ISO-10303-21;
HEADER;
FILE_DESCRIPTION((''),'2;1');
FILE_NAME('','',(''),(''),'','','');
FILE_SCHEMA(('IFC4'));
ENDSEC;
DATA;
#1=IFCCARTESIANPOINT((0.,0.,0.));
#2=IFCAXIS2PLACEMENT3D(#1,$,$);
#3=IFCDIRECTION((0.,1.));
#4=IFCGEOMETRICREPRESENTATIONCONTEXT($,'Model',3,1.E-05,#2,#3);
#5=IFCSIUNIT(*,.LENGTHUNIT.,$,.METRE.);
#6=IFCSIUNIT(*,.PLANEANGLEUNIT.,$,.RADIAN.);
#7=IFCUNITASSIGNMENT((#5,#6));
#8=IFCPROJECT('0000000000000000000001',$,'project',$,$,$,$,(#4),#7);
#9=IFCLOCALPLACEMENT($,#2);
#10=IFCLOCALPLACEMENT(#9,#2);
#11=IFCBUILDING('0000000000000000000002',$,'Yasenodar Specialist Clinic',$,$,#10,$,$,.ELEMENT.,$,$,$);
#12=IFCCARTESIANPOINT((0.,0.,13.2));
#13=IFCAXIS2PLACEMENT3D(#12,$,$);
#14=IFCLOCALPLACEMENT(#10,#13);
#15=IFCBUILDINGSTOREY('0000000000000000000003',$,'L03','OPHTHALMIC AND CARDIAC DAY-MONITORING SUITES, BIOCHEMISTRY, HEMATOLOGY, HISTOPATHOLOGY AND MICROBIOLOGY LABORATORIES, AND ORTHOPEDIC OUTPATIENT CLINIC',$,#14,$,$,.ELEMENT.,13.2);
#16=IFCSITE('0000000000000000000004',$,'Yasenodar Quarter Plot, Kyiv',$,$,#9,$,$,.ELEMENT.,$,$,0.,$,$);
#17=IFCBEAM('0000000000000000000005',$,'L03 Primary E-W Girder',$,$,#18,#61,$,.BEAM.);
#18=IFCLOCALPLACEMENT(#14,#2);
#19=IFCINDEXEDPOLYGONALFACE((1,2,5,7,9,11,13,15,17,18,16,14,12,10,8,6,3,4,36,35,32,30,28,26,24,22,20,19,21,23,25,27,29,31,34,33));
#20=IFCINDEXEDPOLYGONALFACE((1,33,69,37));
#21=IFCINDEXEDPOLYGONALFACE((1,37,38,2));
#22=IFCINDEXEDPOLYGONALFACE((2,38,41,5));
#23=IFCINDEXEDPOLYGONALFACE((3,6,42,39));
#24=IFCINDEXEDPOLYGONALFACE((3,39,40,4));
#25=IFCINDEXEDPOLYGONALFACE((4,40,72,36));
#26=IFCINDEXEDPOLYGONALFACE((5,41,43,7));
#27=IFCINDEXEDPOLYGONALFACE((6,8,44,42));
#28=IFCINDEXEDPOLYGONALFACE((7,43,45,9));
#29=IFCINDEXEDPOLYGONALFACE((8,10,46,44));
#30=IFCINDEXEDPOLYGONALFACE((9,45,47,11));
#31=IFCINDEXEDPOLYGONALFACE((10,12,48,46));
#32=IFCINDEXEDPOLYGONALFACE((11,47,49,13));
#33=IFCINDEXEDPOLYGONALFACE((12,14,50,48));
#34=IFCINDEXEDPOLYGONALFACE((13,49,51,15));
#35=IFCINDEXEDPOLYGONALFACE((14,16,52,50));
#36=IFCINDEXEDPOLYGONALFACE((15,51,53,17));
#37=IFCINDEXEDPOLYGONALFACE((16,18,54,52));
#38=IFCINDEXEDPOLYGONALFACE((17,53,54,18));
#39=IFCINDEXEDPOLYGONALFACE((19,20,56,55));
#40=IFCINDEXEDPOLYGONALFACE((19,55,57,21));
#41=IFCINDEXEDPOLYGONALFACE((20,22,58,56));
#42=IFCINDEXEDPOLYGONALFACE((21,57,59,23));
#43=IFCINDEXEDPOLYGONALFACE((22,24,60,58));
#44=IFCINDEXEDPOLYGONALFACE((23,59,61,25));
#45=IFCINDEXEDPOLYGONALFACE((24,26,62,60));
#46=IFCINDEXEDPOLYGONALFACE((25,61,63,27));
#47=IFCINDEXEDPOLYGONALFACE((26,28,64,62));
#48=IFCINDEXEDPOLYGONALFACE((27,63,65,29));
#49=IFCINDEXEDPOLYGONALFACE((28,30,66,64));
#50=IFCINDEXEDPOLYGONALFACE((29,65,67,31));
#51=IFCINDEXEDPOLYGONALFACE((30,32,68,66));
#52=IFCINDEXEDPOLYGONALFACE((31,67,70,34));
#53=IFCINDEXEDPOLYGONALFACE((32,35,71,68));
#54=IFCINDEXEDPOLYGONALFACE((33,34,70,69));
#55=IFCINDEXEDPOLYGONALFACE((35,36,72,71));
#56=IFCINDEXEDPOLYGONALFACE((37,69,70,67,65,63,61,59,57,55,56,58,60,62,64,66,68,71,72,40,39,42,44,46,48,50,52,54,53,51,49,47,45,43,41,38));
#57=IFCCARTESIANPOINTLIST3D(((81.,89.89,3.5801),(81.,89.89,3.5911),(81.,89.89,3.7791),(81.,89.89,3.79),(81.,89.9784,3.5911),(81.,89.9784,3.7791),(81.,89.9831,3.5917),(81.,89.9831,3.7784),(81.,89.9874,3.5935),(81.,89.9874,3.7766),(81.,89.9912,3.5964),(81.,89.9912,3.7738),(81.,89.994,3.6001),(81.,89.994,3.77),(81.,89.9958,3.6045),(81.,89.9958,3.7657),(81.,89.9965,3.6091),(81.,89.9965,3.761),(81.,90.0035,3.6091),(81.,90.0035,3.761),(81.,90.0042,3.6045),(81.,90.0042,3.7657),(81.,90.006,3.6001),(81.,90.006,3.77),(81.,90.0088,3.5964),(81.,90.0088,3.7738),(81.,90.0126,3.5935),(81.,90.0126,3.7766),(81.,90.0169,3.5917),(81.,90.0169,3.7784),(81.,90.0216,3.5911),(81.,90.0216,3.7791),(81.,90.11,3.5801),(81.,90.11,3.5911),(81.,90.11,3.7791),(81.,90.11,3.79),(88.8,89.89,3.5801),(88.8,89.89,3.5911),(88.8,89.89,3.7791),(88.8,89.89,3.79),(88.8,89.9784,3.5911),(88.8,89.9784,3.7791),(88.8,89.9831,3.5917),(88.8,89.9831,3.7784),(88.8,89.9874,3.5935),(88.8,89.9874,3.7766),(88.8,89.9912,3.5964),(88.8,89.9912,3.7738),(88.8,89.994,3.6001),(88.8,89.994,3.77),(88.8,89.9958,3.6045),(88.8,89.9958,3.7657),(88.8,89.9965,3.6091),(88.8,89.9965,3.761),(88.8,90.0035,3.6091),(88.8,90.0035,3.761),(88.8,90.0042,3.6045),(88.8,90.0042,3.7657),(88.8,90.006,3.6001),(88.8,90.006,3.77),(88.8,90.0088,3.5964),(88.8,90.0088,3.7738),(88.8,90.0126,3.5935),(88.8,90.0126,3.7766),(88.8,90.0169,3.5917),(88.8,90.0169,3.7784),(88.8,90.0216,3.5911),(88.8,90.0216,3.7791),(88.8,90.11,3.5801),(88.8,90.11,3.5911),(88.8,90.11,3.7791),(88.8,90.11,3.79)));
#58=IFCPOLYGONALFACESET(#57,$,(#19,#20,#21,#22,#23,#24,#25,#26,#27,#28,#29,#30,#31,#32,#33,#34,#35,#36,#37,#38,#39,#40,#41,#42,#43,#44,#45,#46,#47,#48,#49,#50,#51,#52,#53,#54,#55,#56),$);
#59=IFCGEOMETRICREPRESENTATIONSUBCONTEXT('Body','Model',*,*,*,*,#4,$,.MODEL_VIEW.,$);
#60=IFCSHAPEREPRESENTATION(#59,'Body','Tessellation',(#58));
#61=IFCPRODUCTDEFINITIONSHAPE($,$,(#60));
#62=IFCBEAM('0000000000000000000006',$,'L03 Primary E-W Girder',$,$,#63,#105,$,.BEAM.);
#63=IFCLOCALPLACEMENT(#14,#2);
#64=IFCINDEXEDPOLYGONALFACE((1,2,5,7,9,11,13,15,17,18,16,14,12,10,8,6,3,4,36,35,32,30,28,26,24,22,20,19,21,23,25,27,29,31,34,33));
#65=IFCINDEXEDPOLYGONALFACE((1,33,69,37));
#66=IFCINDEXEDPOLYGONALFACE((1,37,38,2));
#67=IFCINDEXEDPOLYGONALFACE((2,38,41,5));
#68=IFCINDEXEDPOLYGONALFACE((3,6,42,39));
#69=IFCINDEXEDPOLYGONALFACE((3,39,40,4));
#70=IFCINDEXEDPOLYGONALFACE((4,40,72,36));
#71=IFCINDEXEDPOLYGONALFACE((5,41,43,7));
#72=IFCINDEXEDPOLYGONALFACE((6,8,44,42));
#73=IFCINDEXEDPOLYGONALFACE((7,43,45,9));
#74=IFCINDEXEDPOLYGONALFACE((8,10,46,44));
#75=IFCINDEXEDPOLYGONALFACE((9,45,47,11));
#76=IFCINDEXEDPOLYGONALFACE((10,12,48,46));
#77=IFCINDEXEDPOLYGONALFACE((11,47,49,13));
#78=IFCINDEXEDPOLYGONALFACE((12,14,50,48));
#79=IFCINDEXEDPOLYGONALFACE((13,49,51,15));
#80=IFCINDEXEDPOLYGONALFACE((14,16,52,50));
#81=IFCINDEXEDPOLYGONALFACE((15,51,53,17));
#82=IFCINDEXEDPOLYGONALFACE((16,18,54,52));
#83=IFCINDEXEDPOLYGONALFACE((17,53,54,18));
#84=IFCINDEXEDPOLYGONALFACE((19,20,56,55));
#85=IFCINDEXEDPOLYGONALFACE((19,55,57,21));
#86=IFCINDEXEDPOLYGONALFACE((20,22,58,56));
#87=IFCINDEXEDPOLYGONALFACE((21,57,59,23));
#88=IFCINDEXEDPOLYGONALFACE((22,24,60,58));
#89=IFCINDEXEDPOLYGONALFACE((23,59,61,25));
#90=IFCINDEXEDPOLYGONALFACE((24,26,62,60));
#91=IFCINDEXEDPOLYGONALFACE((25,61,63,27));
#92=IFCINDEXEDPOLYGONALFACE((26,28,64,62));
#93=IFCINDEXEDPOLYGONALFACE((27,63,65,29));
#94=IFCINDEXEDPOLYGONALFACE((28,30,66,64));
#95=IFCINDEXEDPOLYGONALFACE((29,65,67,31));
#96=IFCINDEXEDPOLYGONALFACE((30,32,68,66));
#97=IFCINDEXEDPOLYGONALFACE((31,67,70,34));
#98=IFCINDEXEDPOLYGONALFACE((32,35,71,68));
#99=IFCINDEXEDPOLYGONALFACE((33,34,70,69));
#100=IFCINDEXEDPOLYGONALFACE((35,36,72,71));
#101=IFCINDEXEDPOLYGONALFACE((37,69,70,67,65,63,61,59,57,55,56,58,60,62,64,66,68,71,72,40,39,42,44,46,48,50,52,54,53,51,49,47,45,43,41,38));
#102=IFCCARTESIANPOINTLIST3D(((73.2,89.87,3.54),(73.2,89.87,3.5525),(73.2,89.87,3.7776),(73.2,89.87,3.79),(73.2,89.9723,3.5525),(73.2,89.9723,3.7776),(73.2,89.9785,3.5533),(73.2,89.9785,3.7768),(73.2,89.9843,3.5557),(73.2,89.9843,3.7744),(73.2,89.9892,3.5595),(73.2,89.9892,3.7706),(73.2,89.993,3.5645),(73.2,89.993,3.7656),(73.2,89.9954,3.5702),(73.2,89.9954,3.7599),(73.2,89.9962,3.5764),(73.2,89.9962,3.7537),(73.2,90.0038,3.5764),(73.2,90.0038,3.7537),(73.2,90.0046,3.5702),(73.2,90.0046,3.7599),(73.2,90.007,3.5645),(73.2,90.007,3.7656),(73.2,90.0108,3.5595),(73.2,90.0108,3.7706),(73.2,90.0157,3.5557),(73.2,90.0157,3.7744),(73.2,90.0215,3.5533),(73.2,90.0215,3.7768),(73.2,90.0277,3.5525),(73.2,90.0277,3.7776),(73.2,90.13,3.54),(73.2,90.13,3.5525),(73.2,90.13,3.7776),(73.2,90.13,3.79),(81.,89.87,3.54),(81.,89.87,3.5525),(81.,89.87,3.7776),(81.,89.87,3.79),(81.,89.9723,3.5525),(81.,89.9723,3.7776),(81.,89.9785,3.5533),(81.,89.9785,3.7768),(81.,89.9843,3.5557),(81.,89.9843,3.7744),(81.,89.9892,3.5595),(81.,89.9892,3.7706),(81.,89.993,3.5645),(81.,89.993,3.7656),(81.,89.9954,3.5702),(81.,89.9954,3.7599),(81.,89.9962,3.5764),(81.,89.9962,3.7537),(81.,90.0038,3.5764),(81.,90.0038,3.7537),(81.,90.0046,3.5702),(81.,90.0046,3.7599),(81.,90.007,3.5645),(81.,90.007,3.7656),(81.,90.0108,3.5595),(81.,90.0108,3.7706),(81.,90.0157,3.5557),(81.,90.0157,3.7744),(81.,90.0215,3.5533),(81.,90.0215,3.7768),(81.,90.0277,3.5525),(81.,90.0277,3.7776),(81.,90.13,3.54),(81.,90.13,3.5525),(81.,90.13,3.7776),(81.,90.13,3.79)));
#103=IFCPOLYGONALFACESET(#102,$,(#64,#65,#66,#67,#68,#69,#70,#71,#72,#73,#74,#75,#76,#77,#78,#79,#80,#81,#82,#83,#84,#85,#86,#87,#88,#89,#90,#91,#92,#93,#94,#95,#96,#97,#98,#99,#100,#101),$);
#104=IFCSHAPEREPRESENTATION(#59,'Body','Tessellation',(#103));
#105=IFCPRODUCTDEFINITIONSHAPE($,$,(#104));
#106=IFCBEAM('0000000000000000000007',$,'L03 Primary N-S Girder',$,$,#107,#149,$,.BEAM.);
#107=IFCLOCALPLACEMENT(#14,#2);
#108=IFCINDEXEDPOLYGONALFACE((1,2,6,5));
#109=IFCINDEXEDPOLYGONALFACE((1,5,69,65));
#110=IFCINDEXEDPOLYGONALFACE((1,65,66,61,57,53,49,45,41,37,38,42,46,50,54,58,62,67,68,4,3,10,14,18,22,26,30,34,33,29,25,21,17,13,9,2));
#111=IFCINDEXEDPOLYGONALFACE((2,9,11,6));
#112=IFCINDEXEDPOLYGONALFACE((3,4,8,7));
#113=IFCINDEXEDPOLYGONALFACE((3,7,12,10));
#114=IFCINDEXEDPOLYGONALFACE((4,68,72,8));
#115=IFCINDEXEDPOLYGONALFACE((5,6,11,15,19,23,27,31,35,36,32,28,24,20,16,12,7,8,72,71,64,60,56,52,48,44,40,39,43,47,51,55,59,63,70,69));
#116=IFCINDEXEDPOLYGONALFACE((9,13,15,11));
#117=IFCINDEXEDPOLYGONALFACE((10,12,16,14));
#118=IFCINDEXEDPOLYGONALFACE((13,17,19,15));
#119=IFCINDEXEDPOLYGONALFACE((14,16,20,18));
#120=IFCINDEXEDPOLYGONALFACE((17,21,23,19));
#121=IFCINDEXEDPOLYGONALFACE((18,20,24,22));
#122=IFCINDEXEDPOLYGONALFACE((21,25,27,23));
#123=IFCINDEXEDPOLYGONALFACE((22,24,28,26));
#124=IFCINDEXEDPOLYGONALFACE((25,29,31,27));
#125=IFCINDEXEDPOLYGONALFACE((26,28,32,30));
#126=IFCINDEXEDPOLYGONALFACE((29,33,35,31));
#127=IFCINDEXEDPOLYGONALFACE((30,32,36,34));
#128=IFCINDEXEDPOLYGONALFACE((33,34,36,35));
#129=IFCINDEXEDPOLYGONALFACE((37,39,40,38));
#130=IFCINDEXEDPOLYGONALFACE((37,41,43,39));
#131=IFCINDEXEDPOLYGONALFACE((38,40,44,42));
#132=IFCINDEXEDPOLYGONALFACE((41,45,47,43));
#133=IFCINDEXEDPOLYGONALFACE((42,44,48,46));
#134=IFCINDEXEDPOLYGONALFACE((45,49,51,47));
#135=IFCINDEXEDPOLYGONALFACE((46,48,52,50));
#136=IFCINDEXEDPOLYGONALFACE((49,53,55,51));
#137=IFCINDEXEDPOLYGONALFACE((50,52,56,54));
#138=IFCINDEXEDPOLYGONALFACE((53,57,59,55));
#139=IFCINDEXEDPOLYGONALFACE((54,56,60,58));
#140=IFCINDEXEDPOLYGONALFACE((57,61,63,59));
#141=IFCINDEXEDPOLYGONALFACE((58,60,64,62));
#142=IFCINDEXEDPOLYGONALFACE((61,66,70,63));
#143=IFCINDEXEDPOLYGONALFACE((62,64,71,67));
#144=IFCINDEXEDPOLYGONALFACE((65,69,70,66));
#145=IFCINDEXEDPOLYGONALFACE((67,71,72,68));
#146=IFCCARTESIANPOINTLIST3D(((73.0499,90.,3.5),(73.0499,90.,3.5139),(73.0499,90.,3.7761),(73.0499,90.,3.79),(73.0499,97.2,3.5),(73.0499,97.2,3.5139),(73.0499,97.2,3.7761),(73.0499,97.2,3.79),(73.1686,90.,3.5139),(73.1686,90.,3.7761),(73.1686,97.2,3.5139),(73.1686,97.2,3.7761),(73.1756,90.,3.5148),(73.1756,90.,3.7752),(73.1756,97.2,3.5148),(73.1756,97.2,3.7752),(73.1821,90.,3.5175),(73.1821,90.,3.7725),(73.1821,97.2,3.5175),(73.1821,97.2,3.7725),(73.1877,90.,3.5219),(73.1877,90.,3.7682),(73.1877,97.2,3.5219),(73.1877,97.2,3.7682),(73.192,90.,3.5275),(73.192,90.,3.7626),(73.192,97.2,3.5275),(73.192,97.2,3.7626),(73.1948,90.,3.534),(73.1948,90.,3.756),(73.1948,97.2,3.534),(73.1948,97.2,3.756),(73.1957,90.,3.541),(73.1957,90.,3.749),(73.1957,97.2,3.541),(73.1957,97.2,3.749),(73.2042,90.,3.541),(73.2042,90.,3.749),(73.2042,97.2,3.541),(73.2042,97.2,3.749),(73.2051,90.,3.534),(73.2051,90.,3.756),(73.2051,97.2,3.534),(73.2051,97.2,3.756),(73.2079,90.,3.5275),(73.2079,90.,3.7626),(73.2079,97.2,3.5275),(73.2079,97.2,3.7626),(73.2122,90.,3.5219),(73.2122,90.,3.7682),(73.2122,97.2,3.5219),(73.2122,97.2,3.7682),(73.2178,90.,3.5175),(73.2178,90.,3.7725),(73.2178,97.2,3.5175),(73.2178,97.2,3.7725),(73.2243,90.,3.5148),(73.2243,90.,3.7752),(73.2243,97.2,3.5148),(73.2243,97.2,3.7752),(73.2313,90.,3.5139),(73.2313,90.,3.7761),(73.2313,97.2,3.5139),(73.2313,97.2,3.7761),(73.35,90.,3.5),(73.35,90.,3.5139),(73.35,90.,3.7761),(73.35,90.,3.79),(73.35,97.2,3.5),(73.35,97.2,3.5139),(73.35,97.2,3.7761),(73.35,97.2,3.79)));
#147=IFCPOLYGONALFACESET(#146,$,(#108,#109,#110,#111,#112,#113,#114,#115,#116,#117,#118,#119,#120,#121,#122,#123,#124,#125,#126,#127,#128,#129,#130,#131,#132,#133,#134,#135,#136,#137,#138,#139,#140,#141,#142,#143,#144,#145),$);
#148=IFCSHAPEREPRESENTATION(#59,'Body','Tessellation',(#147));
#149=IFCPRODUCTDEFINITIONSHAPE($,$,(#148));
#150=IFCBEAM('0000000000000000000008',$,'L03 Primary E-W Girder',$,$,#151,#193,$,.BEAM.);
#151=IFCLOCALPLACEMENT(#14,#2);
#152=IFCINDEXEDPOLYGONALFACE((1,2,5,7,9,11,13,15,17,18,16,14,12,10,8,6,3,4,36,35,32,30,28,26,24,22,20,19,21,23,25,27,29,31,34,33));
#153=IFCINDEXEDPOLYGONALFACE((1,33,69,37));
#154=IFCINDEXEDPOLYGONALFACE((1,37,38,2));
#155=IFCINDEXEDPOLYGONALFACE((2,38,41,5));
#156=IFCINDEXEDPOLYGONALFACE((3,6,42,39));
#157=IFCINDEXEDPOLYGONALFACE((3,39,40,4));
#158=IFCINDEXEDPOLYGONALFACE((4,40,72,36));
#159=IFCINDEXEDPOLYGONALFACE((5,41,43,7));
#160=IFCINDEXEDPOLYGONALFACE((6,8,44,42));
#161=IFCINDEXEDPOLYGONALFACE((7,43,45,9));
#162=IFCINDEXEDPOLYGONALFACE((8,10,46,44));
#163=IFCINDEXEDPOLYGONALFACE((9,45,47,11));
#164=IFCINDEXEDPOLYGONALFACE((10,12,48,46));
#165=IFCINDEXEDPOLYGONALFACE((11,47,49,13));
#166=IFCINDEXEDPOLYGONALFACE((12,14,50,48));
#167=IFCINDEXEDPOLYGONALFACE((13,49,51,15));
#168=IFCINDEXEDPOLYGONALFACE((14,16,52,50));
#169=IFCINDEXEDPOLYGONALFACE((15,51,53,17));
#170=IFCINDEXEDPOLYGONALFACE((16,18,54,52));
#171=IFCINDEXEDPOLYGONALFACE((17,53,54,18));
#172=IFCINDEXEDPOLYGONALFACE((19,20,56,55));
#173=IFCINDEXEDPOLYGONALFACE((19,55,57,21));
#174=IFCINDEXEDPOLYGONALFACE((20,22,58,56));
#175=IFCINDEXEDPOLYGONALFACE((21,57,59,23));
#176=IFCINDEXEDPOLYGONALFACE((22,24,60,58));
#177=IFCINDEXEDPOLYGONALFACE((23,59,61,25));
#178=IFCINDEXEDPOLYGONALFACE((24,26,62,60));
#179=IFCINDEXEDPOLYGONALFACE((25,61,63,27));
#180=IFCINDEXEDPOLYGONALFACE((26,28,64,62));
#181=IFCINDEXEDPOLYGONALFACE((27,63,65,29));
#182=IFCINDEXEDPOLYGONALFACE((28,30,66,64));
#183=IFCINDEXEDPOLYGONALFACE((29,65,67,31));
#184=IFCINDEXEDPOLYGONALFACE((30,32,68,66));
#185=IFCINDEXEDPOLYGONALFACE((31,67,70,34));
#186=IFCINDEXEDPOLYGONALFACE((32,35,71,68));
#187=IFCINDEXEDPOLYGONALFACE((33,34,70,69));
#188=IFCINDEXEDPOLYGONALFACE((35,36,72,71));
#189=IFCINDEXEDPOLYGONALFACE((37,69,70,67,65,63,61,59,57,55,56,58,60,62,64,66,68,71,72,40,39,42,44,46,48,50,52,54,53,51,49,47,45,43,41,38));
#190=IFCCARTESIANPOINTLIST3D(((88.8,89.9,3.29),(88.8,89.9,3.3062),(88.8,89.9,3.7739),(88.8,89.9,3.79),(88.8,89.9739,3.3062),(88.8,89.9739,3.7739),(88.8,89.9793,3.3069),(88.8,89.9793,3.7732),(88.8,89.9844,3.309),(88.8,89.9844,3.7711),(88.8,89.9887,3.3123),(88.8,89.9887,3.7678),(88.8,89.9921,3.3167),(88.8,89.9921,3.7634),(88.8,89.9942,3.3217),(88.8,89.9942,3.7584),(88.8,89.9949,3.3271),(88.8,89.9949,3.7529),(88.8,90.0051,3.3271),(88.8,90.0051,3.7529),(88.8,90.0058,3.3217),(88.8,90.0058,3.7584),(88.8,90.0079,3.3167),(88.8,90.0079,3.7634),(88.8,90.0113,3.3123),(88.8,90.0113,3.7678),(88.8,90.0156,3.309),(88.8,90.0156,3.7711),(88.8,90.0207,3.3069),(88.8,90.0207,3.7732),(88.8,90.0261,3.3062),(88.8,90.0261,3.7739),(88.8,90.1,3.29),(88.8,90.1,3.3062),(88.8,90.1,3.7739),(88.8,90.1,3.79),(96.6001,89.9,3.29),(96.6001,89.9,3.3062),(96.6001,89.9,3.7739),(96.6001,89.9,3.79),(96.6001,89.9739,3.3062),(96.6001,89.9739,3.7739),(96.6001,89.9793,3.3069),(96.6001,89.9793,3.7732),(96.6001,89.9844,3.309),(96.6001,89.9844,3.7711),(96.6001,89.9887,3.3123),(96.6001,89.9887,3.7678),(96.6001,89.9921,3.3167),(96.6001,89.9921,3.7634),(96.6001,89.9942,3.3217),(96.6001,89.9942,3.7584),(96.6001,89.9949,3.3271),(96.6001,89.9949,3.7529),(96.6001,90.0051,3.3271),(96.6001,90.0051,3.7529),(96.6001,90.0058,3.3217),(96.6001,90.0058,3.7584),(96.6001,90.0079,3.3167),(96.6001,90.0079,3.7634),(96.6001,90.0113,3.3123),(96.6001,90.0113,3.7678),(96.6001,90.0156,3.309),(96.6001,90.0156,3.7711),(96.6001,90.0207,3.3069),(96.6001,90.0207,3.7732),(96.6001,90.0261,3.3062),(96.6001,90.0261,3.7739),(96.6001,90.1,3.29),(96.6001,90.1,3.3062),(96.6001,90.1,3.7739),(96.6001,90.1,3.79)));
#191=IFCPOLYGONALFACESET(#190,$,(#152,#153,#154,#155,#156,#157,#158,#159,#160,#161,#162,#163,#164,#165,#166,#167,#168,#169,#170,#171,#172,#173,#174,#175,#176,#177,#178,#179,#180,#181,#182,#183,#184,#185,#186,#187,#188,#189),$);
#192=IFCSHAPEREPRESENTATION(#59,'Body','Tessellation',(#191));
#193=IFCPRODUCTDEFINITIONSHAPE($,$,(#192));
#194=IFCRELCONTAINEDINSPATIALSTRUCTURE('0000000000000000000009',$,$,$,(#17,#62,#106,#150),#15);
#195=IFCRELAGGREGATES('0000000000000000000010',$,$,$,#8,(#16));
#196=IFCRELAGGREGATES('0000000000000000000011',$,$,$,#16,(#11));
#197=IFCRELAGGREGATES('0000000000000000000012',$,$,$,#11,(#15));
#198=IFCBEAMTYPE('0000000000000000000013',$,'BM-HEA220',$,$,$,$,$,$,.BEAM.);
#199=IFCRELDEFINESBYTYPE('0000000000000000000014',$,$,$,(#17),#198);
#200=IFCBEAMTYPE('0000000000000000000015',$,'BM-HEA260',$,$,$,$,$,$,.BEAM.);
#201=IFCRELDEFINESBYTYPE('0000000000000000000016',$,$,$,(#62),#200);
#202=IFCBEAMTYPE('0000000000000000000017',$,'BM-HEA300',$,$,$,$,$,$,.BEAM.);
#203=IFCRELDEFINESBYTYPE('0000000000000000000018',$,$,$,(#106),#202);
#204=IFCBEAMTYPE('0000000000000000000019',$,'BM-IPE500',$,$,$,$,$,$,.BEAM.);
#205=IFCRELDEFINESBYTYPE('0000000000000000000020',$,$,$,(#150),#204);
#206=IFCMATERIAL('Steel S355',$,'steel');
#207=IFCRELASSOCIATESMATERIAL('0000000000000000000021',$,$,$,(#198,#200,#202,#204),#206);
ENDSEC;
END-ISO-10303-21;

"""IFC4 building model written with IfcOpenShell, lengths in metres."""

from ifc_helpers import new_model, si_unit, direction, frame, origin, origin_2d, place, context, subcontext, project, spatial, i_section, extrude, material, material_profile, profile_set, type_object, element, save


model = new_model("IFC4")

# Units and contexts
model_context = context("Model", 3, precision=1e-05, world=origin(), true_north=direction((0.0, 1.0)))
body_context = subcontext(model_context, "Body", "Model", "MODEL_VIEW")
ifc_project = project(units=[si_unit("LENGTHUNIT", "METRE"), si_unit("PLANEANGLEUNIT", "RADIAN")], contexts=[model_context])

# Site, building, storey
site_placement = place(None, origin())
site = spatial("IfcSite", under=ifc_project, at=site_placement, Name="Yasenodar Quarter Plot, Kyiv", CompositionType="ELEMENT", RefElevation=0.0)
building_placement = place(site_placement, origin())
building = spatial("IfcBuilding", under=site, at=building_placement, Name="Yasenodar Specialist Clinic", CompositionType="ELEMENT")
storey_placement = place(building_placement, frame((0.0, 0.0, 13.2)))
storey = spatial("IfcBuildingStorey", under=building, at=storey_placement, Name="L03", Description="OPHTHALMIC AND CARDIAC DAY-MONITORING SUITES, BIOCHEMISTRY, HEMATOLOGY, HISTOPATHOLOGY AND MICROBIOLOGY LABORATORIES, AND ORTHOPEDIC OUTPATIENT CLINIC", CompositionType="ELEMENT", Elevation=13.2)

# Shared definitions
ifc_material_1 = material(Name="Steel S355", Category="steel")

# Beams
ifc_material_profile_1 = material_profile(ifc_material_1, i_section(OverallWidth=0.22, OverallDepth=0.21, WebThickness=0.0071, FlangeThickness=0.011, FilletRadius=0.0181, at=origin_2d()), Name="HEA 220")
ifc_profile_set_1 = profile_set([ifc_material_profile_1], Name="Steel S355")
beam_type_1 = type_object("IfcBeamType", Name="BM-HEA220", PredefinedType="BEAM", material=ifc_profile_set_1)
beam_1_placement = place(storey_placement, frame((81.0, 90.0, 3.6851), z_axis=(1.0, 0.0, 0.0), x_axis=(0.0, 1.0, 0.0)))
element("IfcBeam", 1, at=beam_1_placement, inside=storey, type_object=beam_type_1, Name="L03 Primary E-W Girder", PredefinedType="BEAM", context=body_context, shape_type="SweptSolid", body=[
    extrude(i_section(OverallWidth=0.22, OverallDepth=0.21, WebThickness=0.0071, FlangeThickness=0.011, FilletRadius=0.0181, at=origin_2d()), origin(), (0.0, 0.0, 1.0), 7.8),
])
ifc_material_profile_2 = material_profile(ifc_material_1, i_section(OverallWidth=0.26, OverallDepth=0.25, WebThickness=0.0076, FlangeThickness=0.0125, FilletRadius=0.0239, at=origin_2d()), Name="HEA 260")
ifc_profile_set_2 = profile_set([ifc_material_profile_2], Name="Steel S355")
beam_type_2 = type_object("IfcBeamType", Name="BM-HEA260", PredefinedType="BEAM", material=ifc_profile_set_2)
beam_2_placement = place(storey_placement, frame((73.2, 90.0, 3.665), z_axis=(1.0, 0.0, 0.0), x_axis=(0.0, 1.0, 0.0)))
element("IfcBeam", 2, at=beam_2_placement, inside=storey, type_object=beam_type_2, Name="L03 Primary E-W Girder", PredefinedType="BEAM", context=body_context, shape_type="SweptSolid", body=[
    extrude(i_section(OverallWidth=0.26, OverallDepth=0.25, WebThickness=0.0076, FlangeThickness=0.0125, FilletRadius=0.0239, at=origin_2d()), origin(), (0.0, 0.0, 1.0), 7.8),
])
ifc_material_profile_3 = material_profile(ifc_material_1, i_section(OverallWidth=0.3, OverallDepth=0.29, WebThickness=0.0085, FlangeThickness=0.0139, FilletRadius=0.0271, at=origin_2d()), Name="HEA 300")
ifc_profile_set_3 = profile_set([ifc_material_profile_3], Name="Steel S355")
beam_type_3 = type_object("IfcBeamType", Name="BM-HEA300", PredefinedType="BEAM", material=ifc_profile_set_3)
beam_3_placement = place(storey_placement, frame((73.2, 90.0, 3.645), z_axis=(0.0, 1.0, 0.0), x_axis=(-1.0, 0.0, 0.0)))
element("IfcBeam", 3, at=beam_3_placement, inside=storey, type_object=beam_type_3, Name="L03 Primary N-S Girder", PredefinedType="BEAM", context=body_context, shape_type="SweptSolid", body=[
    extrude(i_section(OverallWidth=0.3, OverallDepth=0.29, WebThickness=0.0085, FlangeThickness=0.0139, FilletRadius=0.0271, at=origin_2d()), origin(), (0.0, 0.0, 1.0), 7.2),
])
ifc_material_profile_4 = material_profile(ifc_material_1, i_section(OverallWidth=0.2, OverallDepth=0.5, WebThickness=0.0103, FlangeThickness=0.0161, FilletRadius=0.021, at=origin_2d()), Name="IPE 500")
ifc_profile_set_4 = profile_set([ifc_material_profile_4], Name="Steel S355")
beam_type_4 = type_object("IfcBeamType", Name="BM-IPE500", PredefinedType="BEAM", material=ifc_profile_set_4)
beam_4_placement = place(storey_placement, frame((88.8, 90.0, 3.54), z_axis=(1.0, 0.0, 0.0), x_axis=(0.0, 1.0, 0.0)))
element("IfcBeam", 4, at=beam_4_placement, inside=storey, type_object=beam_type_4, Name="L03 Primary E-W Girder", PredefinedType="BEAM", context=body_context, shape_type="SweptSolid", body=[
    extrude(i_section(OverallWidth=0.2, OverallDepth=0.5, WebThickness=0.0103, FlangeThickness=0.0161, FilletRadius=0.021, at=origin_2d()), origin(), (0.0, 0.0, 1.0), 7.8),
])

save(model, "model.ifc")
